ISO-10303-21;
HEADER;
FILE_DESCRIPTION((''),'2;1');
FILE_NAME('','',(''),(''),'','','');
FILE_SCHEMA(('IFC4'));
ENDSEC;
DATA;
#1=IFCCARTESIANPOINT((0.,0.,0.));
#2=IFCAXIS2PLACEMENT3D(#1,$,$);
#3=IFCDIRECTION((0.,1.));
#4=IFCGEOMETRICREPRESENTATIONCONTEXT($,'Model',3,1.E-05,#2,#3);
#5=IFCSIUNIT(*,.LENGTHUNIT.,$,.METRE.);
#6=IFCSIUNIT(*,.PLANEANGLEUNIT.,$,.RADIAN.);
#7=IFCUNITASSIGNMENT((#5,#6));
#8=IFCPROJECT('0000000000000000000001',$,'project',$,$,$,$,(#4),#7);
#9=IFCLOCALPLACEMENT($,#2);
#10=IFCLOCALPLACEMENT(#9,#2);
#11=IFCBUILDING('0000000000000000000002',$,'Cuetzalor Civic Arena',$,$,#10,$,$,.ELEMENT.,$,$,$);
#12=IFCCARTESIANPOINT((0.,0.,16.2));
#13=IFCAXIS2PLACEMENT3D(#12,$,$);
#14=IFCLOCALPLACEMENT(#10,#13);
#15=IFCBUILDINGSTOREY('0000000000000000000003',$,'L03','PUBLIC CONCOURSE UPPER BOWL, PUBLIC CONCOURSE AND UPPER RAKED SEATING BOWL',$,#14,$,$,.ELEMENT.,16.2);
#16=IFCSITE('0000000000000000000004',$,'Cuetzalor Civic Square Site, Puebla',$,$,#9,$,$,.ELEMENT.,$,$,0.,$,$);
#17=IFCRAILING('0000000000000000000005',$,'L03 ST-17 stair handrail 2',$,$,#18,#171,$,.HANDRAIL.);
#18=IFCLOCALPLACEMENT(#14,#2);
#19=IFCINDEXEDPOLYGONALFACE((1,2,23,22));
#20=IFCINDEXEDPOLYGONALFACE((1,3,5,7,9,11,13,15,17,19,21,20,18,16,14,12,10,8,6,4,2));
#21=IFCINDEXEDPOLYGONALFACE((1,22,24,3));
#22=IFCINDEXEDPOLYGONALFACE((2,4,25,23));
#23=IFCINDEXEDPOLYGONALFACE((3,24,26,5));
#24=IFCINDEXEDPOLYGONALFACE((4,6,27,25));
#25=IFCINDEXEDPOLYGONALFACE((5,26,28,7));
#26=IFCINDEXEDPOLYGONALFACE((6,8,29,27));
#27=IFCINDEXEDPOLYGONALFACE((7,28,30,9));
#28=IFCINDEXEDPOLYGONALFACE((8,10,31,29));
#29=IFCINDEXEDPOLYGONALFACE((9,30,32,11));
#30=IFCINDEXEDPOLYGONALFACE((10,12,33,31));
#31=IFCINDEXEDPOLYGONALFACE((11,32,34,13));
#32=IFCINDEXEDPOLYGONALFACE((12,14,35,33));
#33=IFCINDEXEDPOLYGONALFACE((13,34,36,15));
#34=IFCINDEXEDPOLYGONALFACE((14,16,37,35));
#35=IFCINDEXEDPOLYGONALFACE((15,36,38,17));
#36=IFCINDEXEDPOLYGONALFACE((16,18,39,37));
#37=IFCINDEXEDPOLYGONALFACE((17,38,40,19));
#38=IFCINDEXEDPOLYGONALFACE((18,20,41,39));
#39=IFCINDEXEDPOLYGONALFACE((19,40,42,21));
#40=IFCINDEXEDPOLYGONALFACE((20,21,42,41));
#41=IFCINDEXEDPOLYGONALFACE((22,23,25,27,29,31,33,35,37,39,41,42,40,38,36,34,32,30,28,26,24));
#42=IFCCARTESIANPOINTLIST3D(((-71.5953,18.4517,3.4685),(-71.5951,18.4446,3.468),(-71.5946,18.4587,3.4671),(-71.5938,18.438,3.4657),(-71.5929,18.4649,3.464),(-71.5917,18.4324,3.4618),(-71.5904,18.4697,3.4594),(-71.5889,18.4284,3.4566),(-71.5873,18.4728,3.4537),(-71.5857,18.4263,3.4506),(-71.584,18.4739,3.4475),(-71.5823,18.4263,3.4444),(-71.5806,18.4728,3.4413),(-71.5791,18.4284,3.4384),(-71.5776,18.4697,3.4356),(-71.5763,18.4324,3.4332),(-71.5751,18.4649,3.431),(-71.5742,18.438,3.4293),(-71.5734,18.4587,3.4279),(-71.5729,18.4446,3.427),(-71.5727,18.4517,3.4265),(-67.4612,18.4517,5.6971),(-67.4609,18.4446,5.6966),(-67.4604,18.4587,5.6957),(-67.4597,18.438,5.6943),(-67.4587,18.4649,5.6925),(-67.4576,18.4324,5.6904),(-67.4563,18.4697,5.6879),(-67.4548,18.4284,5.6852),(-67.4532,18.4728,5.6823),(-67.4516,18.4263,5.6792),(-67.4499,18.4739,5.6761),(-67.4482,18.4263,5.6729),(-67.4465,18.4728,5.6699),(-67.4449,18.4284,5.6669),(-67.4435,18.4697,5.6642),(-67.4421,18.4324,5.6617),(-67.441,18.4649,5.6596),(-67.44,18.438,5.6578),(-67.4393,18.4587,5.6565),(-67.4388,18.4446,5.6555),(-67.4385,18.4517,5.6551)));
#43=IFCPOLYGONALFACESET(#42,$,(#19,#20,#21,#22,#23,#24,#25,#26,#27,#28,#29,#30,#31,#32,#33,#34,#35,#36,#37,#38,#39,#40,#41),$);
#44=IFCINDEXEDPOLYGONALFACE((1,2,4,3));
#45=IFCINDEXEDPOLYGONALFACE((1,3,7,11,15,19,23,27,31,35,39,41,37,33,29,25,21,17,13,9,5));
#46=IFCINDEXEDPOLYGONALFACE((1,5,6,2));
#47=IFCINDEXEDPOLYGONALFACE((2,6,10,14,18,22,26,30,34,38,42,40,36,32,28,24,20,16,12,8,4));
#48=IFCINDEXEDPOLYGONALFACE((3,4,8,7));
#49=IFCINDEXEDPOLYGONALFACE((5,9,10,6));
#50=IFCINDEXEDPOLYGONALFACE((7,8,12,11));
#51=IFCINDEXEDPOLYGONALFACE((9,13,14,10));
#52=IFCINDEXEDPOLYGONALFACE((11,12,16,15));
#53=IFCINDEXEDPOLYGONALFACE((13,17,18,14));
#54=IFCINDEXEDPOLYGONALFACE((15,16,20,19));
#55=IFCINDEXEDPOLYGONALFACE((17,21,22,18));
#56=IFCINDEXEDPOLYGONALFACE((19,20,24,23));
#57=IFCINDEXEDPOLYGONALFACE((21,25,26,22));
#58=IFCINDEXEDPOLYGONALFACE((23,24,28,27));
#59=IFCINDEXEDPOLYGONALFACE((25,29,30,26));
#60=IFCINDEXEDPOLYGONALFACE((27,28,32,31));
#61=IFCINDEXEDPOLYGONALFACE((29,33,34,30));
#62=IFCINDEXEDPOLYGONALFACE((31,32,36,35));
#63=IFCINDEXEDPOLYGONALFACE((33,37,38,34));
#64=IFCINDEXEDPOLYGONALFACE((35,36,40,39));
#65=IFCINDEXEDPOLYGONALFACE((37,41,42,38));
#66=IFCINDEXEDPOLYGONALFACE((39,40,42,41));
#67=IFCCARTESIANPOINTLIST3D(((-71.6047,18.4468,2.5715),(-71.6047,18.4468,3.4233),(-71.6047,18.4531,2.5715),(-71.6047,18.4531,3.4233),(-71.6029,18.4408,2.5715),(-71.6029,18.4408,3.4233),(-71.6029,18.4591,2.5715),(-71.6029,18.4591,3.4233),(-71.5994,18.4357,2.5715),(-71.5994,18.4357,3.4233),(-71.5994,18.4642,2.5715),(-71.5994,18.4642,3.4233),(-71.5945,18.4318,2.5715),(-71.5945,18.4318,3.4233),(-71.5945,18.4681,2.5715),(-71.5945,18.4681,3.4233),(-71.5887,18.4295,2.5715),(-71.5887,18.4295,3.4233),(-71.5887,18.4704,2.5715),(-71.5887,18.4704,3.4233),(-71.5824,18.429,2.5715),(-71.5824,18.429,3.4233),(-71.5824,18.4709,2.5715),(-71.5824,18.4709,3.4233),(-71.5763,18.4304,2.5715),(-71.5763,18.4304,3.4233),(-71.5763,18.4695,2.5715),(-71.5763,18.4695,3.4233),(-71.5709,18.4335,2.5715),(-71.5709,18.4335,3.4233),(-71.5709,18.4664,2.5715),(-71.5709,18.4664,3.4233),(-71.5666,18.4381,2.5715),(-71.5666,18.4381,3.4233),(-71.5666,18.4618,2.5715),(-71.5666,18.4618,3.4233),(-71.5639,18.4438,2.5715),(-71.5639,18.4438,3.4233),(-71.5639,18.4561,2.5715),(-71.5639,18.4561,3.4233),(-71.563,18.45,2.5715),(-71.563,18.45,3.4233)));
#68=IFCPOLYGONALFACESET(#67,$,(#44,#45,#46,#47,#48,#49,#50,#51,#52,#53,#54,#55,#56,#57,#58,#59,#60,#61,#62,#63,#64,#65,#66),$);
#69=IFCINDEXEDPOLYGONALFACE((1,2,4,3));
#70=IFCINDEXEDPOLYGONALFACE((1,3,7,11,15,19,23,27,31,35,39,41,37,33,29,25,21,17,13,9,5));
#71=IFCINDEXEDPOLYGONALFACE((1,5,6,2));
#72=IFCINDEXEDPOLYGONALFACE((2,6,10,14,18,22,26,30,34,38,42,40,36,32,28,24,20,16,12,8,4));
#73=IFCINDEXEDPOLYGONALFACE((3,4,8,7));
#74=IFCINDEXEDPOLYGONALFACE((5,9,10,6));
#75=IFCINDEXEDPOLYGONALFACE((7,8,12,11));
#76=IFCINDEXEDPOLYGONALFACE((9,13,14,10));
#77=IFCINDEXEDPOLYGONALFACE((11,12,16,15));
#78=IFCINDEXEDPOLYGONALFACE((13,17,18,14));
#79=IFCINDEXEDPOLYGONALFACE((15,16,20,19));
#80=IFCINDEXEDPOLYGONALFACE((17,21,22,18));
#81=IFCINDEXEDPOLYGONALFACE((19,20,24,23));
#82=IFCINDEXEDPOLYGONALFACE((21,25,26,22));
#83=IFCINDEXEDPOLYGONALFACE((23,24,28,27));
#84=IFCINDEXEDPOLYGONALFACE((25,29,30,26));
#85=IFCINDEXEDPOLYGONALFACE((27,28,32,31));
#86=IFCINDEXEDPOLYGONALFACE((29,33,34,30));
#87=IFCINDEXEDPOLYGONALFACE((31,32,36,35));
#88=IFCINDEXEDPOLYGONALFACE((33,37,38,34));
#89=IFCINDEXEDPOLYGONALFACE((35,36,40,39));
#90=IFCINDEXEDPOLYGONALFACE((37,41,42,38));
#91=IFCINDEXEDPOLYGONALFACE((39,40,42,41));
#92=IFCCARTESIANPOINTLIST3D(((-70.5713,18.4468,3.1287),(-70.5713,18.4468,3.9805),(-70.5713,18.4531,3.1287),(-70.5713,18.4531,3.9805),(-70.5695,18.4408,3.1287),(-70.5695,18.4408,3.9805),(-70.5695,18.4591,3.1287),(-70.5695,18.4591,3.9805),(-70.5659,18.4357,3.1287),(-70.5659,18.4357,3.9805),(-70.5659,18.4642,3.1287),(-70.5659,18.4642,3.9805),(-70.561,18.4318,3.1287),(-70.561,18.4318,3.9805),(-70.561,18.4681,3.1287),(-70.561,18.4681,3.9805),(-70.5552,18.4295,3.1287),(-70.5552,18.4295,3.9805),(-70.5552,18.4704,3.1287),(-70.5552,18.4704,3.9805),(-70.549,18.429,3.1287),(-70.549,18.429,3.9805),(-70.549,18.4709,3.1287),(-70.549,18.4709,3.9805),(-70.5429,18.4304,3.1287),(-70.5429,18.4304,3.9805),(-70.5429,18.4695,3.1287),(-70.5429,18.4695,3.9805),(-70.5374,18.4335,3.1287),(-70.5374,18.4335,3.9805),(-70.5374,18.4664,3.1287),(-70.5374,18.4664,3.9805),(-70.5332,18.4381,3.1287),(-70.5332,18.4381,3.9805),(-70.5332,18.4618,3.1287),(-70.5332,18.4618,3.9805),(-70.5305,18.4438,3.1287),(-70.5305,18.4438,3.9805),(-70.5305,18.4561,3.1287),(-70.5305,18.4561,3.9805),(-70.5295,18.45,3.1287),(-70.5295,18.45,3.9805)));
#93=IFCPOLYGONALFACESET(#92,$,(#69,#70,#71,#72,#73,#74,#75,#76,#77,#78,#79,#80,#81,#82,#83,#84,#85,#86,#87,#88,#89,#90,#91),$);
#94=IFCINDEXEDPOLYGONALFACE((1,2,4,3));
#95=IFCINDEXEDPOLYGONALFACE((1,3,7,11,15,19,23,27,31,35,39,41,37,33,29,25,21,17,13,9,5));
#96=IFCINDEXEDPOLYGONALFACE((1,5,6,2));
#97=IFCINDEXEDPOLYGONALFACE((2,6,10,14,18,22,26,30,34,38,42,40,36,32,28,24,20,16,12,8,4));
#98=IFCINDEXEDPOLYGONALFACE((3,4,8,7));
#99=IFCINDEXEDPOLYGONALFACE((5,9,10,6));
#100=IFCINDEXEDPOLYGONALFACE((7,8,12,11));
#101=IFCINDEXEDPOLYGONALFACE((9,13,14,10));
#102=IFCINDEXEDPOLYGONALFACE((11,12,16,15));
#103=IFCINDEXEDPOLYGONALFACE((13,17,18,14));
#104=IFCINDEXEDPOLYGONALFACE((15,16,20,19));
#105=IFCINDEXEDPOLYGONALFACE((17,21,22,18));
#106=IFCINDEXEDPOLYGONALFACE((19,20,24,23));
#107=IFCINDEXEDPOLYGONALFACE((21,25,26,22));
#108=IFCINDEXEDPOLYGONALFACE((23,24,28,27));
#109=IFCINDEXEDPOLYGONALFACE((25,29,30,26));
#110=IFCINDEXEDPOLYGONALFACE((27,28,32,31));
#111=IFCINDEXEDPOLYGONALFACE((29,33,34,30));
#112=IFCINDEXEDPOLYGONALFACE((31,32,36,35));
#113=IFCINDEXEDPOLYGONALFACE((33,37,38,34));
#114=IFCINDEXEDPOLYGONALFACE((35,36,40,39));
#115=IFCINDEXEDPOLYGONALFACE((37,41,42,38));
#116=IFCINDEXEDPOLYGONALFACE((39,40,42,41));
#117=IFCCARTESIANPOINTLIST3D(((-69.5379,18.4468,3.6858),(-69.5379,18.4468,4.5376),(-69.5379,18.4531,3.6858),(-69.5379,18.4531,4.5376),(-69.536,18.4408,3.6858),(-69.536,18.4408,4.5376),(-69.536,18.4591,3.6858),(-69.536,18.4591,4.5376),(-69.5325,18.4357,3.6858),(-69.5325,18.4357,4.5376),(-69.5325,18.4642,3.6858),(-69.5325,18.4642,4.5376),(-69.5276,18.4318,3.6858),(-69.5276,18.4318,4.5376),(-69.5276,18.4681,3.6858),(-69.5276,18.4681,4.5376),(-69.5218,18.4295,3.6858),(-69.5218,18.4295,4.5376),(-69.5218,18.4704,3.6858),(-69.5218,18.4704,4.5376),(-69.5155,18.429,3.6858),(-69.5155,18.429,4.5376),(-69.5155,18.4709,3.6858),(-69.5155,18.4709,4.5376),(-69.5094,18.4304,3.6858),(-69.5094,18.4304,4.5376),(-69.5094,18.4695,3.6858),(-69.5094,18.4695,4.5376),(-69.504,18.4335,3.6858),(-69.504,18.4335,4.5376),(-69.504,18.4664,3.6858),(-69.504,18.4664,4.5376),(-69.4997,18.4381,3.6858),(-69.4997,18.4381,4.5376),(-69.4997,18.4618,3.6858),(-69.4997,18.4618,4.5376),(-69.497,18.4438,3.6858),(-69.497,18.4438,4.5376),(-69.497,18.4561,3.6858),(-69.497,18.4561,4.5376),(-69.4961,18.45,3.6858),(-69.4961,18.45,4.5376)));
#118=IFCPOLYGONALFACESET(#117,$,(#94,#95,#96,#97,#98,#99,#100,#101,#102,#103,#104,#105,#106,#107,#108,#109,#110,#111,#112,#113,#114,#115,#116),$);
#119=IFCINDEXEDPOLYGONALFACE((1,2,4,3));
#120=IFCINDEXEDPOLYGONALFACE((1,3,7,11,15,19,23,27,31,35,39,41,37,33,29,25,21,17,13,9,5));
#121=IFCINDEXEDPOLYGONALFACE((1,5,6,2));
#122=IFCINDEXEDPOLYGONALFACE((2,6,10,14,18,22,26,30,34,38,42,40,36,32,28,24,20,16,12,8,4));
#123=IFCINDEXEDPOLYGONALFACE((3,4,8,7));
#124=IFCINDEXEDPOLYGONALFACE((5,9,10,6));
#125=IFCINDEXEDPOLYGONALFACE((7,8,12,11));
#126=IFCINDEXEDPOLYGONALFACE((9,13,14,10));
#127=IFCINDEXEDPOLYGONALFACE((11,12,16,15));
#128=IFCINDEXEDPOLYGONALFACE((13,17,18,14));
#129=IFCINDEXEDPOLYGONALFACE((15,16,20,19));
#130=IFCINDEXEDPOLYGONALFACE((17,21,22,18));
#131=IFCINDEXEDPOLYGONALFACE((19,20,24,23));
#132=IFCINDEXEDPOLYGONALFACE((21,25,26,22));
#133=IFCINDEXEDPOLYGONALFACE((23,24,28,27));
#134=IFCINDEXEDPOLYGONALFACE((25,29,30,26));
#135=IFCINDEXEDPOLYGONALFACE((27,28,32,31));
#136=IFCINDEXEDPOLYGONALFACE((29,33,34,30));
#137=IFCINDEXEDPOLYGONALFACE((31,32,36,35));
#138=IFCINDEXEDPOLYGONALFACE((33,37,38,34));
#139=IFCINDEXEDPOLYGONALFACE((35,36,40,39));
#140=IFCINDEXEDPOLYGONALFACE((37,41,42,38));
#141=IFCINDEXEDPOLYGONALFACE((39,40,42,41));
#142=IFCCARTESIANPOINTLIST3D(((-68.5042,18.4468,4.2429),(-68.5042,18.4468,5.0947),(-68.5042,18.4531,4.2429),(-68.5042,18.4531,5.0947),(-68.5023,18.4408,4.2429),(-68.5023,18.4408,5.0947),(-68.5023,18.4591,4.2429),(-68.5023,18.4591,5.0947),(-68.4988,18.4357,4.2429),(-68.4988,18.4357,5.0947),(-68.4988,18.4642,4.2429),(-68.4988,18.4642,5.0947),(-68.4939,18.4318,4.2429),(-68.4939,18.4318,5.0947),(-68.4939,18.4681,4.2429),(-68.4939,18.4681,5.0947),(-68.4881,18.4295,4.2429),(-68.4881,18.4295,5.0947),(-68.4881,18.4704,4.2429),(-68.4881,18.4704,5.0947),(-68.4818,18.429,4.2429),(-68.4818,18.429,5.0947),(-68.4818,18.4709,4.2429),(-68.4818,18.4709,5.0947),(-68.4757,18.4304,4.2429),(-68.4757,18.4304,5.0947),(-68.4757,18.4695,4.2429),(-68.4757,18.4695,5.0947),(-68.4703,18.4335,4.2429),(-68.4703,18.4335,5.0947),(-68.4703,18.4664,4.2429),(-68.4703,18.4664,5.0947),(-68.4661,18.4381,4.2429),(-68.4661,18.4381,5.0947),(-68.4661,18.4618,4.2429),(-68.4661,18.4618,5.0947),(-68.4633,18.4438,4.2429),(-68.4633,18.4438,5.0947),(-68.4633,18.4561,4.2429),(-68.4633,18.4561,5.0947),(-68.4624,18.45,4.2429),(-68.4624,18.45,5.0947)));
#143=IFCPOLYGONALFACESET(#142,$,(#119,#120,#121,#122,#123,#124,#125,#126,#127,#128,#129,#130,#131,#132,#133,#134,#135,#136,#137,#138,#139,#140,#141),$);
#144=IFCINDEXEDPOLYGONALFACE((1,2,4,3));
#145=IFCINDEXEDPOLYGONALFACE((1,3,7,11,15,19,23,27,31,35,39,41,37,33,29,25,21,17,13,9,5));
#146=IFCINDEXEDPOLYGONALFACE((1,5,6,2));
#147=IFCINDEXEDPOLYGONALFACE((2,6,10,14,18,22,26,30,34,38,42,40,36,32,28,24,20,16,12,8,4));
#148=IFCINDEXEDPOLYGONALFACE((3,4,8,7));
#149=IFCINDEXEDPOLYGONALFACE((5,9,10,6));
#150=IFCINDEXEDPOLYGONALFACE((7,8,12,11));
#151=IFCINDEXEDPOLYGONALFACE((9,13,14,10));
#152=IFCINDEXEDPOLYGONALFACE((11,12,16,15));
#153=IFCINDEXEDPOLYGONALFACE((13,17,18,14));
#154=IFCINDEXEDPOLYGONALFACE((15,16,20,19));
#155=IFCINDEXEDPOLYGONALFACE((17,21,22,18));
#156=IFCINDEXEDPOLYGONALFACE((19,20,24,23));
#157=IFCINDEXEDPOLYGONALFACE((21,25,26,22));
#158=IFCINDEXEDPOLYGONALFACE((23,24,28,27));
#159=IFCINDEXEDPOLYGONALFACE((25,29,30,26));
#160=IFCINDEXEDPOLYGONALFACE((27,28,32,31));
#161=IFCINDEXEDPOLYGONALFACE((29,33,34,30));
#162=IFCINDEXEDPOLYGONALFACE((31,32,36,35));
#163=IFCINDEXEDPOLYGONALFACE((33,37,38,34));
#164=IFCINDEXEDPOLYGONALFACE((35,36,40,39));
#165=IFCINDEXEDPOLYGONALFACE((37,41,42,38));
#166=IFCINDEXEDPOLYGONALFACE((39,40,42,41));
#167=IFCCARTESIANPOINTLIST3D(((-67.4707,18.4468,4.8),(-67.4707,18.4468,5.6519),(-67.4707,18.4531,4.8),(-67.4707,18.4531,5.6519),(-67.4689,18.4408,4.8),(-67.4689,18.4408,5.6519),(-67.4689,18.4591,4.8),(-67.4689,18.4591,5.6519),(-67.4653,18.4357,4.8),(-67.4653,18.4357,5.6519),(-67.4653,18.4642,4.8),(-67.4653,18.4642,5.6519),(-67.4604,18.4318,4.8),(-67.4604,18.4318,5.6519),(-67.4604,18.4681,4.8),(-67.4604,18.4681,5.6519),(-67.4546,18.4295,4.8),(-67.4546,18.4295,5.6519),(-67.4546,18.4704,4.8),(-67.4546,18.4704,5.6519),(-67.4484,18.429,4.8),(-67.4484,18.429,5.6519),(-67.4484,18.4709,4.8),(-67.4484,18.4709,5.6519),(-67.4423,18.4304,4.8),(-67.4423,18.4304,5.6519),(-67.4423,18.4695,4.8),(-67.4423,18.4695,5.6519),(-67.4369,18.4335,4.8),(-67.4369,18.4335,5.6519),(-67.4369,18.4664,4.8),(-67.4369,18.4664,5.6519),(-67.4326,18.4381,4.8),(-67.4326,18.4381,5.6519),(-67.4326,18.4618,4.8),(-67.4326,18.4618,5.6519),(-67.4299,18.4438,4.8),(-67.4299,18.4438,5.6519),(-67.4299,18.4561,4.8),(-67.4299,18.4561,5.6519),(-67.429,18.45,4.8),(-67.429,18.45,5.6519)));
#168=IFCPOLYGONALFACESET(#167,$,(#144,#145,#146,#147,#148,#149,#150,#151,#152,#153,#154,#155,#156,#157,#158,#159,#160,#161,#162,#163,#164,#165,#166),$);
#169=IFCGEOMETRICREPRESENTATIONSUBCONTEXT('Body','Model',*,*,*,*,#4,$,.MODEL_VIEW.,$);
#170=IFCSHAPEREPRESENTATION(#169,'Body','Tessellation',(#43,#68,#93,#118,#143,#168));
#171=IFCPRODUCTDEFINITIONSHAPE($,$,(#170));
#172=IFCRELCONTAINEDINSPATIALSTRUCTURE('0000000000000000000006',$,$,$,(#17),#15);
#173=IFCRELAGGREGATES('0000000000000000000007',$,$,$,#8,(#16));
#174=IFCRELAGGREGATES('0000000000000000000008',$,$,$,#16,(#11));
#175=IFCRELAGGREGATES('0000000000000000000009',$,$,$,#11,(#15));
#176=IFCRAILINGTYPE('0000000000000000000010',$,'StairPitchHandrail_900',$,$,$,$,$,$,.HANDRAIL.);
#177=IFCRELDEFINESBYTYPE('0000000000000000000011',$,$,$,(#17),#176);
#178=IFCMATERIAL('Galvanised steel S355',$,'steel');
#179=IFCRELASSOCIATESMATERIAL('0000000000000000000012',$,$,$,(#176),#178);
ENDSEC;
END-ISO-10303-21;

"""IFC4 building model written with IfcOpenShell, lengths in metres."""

from ifc_helpers import new_model, si_unit, direction, frame, origin, origin_2d, place, context, subcontext, project, spatial, circle, extrude, material, type_object, element, save


model = new_model("IFC4")

# Units and contexts
model_context = context("Model", 3, precision=1e-05, world=origin(), true_north=direction((0.0, 1.0)))
body_context = subcontext(model_context, "Body", "Model", "MODEL_VIEW")
ifc_project = project(units=[si_unit("LENGTHUNIT", "METRE"), si_unit("PLANEANGLEUNIT", "RADIAN")], contexts=[model_context])

# Site, building, storey
site_placement = place(None, origin())
site = spatial("IfcSite", under=ifc_project, at=site_placement, Name="Cuetzalor Civic Square Site, Puebla", CompositionType="ELEMENT", RefElevation=0.0)
building_placement = place(site_placement, origin())
building = spatial("IfcBuilding", under=site, at=building_placement, Name="Cuetzalor Civic Arena", CompositionType="ELEMENT")
storey_placement = place(building_placement, frame((0.0, 0.0, 16.2)))
storey = spatial("IfcBuildingStorey", under=building, at=storey_placement, Name="L03", Description="PUBLIC CONCOURSE UPPER BOWL, PUBLIC CONCOURSE AND UPPER RAKED SEATING BOWL", CompositionType="ELEMENT", Elevation=16.2)

# Railing
ifc_material_1 = material(Name="Galvanised steel S355", Category="steel")
railing_type_1 = type_object("IfcRailingType", Name="StairPitchHandrail_900", PredefinedType="HANDRAIL", material=ifc_material_1)
railing_1_placement = place(storey_placement, frame((-71.584, 18.45, 2.5715)))
element("IfcRailing", 1, at=railing_1_placement, inside=storey, type_object=railing_type_1, Name="L03 ST-17 stair handrail 2", PredefinedType="HANDRAIL", context=body_context, shape_type="SweptSolid", body=[
    extrude(circle(Radius=0.0239, at=origin_2d()), frame((0.0, 0.0, 0.876), z_axis=(0.880249, 0.0, 0.474512), x_axis=(0.0, 1.0, 0.0)), (0.0, 0.0, 1.0), 4.6965),
    extrude(circle(Radius=0.021, at=origin_2d()), origin(), (0.0, 0.0, 1.0), 0.8518),
    extrude(circle(Radius=0.021, at=origin_2d()), frame((1.0334, 0.0, 0.5571)), (0.0, 0.0, 1.0), 0.8518),
    extrude(circle(Radius=0.021, at=origin_2d()), frame((2.0669, 0.0, 1.1143)), (0.0, 0.0, 1.0), 0.8518),
    extrude(circle(Radius=0.021, at=origin_2d()), frame((3.1006, 0.0, 1.6714)), (0.0, 0.0, 1.0), 0.8518),
    extrude(circle(Radius=0.021, at=origin_2d()), frame((4.134, 0.0, 2.2285)), (0.0, 0.0, 1.0), 0.8518),
])

save(model, "model.ifc")
